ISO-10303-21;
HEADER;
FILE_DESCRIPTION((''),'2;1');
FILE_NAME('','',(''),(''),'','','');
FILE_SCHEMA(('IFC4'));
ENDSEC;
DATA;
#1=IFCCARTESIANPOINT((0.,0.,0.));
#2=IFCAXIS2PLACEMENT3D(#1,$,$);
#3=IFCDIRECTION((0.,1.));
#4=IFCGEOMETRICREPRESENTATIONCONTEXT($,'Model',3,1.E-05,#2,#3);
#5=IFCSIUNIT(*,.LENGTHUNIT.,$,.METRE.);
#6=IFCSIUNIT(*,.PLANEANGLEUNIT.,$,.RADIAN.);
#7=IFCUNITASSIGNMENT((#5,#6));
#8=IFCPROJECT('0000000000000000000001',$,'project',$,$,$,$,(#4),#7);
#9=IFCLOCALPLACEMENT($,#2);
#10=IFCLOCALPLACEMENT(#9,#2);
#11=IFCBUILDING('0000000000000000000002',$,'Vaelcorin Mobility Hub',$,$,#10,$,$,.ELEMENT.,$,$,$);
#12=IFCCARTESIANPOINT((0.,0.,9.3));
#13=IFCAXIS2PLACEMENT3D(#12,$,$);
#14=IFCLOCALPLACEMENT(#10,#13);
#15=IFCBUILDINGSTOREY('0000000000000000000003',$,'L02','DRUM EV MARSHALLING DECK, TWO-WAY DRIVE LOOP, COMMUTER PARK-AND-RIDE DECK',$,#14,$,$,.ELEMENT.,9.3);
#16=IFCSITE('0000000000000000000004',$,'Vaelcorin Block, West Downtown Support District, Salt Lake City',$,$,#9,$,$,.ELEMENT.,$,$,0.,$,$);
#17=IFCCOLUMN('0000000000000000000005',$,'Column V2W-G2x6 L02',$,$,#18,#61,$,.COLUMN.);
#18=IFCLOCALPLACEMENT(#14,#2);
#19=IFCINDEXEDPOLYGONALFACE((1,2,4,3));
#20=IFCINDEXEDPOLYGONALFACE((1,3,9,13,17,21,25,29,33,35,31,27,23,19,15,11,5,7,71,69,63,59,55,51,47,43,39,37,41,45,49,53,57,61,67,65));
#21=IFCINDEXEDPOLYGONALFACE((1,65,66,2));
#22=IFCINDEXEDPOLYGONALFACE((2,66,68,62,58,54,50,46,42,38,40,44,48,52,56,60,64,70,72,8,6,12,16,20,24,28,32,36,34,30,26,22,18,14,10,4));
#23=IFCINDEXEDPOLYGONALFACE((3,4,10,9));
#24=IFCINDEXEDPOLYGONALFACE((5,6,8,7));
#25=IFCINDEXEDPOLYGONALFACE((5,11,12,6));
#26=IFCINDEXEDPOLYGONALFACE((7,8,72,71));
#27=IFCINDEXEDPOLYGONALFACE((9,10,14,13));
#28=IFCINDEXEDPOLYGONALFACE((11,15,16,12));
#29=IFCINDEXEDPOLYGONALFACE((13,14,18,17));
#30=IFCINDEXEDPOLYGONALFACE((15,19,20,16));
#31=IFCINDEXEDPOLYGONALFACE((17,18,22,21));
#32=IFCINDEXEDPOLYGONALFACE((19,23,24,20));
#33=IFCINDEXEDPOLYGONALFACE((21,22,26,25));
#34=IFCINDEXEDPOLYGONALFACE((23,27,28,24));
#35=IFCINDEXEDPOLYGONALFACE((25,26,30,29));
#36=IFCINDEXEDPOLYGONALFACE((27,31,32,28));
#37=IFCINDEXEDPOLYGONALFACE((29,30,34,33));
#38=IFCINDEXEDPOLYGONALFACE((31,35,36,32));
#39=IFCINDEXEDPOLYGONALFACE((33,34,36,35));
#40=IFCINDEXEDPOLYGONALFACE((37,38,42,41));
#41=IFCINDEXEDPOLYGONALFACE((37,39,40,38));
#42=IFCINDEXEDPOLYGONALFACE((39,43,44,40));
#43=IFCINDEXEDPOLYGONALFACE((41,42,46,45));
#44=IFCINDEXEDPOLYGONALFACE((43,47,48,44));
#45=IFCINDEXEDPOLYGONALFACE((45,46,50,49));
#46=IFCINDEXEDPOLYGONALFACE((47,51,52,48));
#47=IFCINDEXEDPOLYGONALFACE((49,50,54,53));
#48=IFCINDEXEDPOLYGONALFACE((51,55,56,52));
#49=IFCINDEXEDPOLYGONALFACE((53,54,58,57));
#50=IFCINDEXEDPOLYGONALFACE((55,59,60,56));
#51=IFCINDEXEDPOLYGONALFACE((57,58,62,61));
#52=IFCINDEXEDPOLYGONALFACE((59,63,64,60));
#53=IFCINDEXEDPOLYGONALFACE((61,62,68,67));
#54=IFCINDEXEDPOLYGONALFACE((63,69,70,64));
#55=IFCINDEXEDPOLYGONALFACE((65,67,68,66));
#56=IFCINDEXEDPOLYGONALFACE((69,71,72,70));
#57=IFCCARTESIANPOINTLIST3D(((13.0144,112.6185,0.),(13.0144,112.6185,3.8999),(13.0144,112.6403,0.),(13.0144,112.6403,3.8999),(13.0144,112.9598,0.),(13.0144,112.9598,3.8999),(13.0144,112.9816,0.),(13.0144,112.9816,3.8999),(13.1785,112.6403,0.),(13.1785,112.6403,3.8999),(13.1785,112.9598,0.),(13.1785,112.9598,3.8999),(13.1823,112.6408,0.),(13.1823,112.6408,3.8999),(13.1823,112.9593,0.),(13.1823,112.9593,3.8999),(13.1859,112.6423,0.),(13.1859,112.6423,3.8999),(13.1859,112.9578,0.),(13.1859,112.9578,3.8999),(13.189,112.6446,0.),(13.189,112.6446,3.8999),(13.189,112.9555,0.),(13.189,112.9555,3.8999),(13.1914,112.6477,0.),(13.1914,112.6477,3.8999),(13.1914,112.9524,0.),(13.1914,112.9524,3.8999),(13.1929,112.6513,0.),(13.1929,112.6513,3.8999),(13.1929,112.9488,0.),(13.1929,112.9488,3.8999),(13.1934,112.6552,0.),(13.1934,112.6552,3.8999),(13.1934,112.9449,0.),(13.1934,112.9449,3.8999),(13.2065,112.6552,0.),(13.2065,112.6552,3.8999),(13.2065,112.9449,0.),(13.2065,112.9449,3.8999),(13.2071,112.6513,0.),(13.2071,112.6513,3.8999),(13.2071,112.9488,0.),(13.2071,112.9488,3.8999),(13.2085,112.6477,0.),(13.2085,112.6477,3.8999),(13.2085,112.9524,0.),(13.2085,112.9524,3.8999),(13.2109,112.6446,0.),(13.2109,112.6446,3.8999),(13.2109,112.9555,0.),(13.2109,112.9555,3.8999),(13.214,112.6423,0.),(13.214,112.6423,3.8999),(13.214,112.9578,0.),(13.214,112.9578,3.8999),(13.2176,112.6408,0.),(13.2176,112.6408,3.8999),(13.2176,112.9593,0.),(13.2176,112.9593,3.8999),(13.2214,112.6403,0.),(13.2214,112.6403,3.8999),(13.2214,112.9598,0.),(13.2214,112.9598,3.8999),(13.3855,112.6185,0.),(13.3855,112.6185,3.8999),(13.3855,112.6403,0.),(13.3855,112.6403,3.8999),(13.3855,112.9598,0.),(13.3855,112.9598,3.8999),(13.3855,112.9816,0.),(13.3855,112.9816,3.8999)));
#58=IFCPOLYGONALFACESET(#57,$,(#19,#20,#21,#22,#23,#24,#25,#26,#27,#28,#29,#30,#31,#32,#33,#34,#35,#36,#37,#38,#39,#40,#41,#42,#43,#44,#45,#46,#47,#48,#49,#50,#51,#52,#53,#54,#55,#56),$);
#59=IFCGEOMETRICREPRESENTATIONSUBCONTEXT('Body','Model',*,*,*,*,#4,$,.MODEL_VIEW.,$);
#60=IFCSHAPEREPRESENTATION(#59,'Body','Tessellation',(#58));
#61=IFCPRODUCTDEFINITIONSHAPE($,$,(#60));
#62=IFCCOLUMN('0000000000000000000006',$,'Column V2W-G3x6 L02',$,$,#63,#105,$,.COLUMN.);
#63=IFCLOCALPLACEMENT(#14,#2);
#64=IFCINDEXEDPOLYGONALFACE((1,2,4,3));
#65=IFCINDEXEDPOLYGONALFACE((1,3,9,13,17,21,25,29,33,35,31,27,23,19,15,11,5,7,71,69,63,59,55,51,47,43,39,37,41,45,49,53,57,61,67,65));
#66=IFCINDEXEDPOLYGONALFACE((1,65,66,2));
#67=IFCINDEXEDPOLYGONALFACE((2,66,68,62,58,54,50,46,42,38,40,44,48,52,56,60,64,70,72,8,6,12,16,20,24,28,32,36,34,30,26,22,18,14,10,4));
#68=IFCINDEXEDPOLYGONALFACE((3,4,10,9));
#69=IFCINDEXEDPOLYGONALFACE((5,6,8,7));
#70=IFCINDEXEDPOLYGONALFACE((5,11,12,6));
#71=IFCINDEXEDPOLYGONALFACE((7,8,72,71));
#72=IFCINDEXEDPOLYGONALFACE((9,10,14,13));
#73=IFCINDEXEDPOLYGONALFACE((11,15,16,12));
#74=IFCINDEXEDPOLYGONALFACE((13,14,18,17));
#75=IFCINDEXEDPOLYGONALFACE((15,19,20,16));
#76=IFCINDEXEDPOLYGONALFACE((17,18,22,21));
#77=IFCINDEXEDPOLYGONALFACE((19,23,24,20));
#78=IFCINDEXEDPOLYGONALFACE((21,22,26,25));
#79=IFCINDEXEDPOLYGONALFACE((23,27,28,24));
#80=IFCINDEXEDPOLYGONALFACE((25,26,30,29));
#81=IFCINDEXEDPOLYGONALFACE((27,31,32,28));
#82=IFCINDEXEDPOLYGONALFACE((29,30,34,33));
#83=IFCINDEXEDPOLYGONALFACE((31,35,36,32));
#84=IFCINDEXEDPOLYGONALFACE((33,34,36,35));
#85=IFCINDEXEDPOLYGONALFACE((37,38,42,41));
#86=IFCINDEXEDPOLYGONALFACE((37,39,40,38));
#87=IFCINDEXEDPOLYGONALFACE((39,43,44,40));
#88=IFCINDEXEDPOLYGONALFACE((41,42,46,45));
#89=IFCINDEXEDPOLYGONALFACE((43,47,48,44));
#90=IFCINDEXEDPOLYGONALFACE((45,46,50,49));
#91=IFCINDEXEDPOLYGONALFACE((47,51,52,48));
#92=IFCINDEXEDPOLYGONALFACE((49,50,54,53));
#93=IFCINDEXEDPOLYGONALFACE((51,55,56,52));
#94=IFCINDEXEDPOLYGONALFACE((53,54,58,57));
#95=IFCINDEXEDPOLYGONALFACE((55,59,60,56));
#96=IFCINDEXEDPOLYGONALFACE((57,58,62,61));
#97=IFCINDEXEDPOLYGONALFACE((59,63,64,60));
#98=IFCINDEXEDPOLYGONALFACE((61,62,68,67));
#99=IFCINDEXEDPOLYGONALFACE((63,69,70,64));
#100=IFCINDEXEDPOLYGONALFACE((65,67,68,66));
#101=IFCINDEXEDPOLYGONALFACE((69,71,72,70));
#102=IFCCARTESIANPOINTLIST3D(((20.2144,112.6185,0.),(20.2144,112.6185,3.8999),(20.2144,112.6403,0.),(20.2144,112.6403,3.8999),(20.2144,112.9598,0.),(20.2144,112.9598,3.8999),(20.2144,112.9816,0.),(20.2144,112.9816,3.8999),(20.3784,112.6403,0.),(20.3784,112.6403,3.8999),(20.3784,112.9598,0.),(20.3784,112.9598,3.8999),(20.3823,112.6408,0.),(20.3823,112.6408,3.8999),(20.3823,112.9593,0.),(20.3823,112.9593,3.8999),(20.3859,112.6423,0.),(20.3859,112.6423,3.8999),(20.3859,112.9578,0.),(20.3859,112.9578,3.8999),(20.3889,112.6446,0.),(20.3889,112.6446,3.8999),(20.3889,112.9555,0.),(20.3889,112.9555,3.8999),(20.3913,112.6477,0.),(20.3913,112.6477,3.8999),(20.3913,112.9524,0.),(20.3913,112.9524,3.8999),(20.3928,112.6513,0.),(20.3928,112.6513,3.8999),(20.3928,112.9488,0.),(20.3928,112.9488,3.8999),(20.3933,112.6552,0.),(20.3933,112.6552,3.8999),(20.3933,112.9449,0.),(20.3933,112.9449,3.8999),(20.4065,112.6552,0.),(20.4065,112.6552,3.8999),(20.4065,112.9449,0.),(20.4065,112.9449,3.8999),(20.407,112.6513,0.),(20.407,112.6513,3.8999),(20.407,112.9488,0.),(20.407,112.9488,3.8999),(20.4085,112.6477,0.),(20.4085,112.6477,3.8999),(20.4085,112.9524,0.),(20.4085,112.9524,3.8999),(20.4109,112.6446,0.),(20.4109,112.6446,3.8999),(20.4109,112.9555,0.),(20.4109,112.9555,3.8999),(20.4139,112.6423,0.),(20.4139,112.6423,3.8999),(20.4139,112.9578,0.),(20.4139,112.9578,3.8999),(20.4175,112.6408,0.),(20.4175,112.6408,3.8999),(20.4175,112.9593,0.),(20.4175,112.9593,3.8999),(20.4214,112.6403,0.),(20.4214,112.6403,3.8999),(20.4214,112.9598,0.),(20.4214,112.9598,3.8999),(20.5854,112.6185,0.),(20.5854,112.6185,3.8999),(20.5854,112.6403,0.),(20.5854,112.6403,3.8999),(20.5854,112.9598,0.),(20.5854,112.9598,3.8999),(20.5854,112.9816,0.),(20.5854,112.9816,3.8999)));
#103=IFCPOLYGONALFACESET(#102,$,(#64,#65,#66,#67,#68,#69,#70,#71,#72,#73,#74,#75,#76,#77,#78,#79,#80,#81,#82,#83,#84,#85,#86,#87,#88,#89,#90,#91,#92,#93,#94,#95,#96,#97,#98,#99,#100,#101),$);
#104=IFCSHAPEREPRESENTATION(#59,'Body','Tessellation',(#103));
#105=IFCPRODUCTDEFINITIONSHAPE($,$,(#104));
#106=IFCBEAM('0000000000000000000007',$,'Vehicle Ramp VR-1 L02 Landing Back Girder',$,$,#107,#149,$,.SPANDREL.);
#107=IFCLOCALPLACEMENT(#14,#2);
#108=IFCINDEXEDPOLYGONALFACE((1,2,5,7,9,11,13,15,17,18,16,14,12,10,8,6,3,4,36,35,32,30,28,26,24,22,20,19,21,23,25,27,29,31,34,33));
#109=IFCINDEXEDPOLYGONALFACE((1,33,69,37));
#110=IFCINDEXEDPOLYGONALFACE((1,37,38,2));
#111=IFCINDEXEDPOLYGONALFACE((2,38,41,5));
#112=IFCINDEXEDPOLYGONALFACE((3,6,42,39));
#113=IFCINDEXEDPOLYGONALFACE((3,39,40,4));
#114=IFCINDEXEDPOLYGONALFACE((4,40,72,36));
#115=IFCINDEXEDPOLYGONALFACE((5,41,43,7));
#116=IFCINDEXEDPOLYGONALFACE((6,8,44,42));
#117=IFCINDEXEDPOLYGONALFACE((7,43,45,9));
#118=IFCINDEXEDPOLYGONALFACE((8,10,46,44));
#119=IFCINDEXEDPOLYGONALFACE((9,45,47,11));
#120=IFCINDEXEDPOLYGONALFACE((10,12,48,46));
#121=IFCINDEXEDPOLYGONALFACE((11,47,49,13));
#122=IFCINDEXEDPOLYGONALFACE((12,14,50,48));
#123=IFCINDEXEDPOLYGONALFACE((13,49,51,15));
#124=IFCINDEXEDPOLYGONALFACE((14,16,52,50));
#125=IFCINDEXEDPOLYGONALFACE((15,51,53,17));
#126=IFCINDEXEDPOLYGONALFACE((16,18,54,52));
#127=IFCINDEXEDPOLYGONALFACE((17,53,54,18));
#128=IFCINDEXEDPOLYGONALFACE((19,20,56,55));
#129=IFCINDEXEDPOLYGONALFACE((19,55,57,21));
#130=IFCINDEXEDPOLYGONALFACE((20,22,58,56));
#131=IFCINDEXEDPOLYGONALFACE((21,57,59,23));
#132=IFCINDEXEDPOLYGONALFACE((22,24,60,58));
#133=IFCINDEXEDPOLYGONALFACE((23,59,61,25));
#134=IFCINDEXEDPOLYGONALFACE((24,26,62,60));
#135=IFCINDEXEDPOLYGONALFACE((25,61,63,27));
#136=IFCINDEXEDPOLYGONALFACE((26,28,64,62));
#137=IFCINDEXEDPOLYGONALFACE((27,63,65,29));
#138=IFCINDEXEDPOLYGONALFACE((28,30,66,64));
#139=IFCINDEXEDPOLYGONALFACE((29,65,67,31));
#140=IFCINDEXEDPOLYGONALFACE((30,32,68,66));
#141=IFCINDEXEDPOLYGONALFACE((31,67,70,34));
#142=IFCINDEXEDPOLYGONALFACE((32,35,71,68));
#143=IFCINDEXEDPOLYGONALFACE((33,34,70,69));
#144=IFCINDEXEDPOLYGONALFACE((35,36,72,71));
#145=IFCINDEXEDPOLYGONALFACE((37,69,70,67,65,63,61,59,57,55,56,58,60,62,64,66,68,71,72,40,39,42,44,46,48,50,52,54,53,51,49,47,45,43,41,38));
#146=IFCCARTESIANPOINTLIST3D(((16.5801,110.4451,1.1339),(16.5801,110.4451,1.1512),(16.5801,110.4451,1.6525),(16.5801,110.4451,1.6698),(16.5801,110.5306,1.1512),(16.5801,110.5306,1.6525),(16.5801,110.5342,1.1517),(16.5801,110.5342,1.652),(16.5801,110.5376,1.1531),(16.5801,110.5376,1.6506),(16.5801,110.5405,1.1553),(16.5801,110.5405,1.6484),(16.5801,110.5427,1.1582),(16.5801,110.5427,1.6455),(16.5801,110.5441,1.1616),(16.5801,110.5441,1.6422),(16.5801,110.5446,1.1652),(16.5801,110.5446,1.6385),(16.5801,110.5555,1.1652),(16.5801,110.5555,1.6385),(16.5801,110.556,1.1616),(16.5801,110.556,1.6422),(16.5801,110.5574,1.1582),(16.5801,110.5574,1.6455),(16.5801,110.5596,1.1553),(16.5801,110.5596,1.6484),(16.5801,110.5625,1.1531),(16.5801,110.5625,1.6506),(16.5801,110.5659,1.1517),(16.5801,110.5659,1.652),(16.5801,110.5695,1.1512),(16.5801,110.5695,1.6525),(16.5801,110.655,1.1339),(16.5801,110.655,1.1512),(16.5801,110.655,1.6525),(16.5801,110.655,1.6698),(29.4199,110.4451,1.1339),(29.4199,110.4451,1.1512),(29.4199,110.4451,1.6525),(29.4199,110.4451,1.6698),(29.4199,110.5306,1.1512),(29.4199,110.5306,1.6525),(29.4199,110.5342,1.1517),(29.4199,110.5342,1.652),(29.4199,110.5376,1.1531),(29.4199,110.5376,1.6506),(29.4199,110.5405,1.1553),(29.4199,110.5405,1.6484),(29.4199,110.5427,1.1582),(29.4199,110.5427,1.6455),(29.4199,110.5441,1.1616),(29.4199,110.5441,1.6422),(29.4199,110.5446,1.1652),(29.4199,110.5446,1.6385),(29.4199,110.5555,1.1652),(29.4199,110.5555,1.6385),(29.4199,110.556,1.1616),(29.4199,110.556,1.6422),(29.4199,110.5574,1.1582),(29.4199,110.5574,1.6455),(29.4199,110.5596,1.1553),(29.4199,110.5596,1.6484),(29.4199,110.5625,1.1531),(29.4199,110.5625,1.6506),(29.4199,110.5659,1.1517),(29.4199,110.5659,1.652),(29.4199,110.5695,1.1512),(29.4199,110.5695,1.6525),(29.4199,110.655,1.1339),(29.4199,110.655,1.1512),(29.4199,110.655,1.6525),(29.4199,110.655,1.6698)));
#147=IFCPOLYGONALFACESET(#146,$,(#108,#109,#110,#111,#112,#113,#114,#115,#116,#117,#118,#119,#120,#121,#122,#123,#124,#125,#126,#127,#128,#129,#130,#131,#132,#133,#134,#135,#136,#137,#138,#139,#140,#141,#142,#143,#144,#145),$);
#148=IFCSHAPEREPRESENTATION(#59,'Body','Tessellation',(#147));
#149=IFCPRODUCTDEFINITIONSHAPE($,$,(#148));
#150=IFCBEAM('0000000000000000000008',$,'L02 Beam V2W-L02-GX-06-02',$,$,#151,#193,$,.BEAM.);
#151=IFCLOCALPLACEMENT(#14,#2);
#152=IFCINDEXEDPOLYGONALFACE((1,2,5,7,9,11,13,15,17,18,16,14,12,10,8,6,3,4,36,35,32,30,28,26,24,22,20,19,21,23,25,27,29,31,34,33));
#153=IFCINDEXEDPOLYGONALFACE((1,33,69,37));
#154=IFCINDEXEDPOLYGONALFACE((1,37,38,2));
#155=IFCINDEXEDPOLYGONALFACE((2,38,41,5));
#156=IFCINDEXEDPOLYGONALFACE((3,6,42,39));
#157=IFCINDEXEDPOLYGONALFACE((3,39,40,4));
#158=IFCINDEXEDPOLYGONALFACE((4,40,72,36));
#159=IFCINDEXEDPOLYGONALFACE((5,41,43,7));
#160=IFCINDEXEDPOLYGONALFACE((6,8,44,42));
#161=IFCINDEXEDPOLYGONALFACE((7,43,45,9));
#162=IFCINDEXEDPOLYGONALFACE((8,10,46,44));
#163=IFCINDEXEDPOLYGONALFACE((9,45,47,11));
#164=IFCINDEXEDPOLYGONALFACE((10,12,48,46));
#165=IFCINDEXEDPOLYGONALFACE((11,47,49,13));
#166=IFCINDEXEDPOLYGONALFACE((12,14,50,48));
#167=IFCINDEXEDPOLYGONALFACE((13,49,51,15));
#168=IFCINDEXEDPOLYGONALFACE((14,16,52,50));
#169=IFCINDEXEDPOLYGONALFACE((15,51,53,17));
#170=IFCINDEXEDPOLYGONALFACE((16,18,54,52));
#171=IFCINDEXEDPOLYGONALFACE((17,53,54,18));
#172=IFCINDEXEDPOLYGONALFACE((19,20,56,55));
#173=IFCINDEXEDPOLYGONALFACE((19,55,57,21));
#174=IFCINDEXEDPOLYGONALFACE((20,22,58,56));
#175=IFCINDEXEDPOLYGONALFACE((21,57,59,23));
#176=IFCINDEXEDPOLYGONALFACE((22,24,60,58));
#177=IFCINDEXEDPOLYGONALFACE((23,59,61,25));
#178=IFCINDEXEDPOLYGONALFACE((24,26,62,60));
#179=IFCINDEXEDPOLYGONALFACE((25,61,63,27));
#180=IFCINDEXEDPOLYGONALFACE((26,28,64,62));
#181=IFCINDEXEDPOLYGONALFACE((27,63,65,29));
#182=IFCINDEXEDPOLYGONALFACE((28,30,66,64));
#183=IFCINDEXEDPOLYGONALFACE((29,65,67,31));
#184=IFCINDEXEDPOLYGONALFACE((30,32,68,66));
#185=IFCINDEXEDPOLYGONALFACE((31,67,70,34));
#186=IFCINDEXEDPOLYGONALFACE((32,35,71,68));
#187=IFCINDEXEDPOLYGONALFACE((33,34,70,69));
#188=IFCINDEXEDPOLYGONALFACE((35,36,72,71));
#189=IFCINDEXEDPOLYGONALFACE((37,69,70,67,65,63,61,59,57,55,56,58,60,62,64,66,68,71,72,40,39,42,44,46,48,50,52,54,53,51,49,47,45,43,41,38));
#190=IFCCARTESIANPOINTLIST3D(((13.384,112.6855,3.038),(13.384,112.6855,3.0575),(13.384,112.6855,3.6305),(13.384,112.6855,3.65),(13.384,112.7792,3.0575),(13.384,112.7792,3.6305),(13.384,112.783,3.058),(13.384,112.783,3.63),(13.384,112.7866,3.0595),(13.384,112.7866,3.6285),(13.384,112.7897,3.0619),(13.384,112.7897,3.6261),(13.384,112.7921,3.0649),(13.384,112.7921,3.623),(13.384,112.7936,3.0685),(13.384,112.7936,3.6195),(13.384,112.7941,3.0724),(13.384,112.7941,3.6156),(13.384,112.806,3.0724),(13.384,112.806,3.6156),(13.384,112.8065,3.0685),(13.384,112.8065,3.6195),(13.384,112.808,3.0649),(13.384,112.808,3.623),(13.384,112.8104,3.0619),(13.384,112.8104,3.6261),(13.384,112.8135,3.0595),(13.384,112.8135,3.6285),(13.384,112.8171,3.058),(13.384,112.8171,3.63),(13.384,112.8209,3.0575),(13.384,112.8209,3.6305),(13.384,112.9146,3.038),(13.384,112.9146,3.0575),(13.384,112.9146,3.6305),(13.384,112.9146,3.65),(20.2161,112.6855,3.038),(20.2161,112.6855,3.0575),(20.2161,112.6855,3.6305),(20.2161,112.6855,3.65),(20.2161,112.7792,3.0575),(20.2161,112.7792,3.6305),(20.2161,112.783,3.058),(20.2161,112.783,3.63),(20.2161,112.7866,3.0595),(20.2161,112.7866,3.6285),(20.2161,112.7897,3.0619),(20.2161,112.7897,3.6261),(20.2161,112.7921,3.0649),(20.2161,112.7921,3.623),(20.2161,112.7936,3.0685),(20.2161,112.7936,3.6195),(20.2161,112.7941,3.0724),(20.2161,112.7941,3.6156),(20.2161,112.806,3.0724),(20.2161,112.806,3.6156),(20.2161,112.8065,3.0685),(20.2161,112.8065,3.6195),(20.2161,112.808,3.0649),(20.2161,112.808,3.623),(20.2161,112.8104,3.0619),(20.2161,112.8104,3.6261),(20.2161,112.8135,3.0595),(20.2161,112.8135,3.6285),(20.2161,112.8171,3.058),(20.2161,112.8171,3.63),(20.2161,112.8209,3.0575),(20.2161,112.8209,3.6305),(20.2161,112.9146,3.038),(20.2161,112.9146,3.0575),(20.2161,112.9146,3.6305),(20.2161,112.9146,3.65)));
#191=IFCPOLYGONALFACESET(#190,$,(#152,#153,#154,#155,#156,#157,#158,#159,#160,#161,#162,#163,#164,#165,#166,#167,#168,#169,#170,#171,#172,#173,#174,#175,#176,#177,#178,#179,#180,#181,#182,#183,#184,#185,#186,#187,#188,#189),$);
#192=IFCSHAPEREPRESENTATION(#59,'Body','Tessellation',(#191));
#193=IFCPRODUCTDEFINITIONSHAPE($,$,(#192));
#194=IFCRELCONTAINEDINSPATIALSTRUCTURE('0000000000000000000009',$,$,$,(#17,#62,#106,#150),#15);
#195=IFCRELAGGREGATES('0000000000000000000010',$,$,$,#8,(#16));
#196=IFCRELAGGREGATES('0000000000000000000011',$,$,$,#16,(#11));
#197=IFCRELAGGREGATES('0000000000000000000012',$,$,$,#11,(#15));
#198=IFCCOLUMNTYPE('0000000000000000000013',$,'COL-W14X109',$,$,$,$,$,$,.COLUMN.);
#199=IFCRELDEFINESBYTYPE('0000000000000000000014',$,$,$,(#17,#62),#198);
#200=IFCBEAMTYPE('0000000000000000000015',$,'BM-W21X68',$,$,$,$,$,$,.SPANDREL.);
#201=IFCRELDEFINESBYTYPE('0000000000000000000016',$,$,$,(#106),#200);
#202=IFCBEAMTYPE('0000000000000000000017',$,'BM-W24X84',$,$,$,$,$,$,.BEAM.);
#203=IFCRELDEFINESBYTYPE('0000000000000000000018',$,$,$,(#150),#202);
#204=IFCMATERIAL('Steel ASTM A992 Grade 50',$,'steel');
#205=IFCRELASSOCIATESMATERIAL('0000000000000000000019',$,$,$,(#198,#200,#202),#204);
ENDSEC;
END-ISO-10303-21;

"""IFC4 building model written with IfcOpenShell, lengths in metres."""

from ifc_helpers import new_model, si_unit, direction, frame, origin, origin_2d, place, context, subcontext, project, spatial, i_section, extrude, material, material_profile, profile_set, type_object, element, save


model = new_model("IFC4")

# Units and contexts
model_context = context("Model", 3, precision=1e-05, world=origin(), true_north=direction((0.0, 1.0)))
body_context = subcontext(model_context, "Body", "Model", "MODEL_VIEW")
ifc_project = project(units=[si_unit("LENGTHUNIT", "METRE"), si_unit("PLANEANGLEUNIT", "RADIAN")], contexts=[model_context])

# Site, building, storey
site_placement = place(None, origin())
site = spatial("IfcSite", under=ifc_project, at=site_placement, Name="Vaelcorin Block, West Downtown Support District, Salt Lake City", CompositionType="ELEMENT", RefElevation=0.0)
building_placement = place(site_placement, origin())
building = spatial("IfcBuilding", under=site, at=building_placement, Name="Vaelcorin Mobility Hub", CompositionType="ELEMENT")
storey_placement = place(building_placement, frame((0.0, 0.0, 9.3)))
storey = spatial("IfcBuildingStorey", under=building, at=storey_placement, Name="L02", Description="DRUM EV MARSHALLING DECK, TWO-WAY DRIVE LOOP, COMMUTER PARK-AND-RIDE DECK", CompositionType="ELEMENT", Elevation=9.3)

# Columns
ifc_material_1 = material(Name="Steel ASTM A992 Grade 50", Category="steel")
ifc_material_profile_1 = material_profile(ifc_material_1, i_section(OverallWidth=0.3711, OverallDepth=0.363, WebThickness=0.0132, FlangeThickness=0.0217, FilletRadius=0.0149, at=origin_2d()), Name="W14X109")
ifc_profile_set_1 = profile_set([ifc_material_profile_1], Name="Steel ASTM A992 Grade 50")
column_type = type_object("IfcColumnType", Name="COL-W14X109", PredefinedType="COLUMN", material=ifc_profile_set_1)
for number, where, z_axis, x_axis, name in (
    (1, (13.2, 112.8, 0.0), (0.0, 0.0, 1.0), (1.0, 0.0, 0.0), "Column V2W-G2x6 L02"),
    (2, (20.3999, 112.8, 0.0), (0.0, 0.0, 1.0), (1.0, 0.0, 0.0), "Column V2W-G3x6 L02"),
):
    element("IfcColumn", number, at=place(storey_placement, frame(where, z_axis=z_axis, x_axis=x_axis)), inside=storey, type_object=column_type, Name=name, PredefinedType="COLUMN", context=body_context, shape_type="SweptSolid", body=[
        extrude(i_section(OverallWidth=0.3711, OverallDepth=0.363, WebThickness=0.0132, FlangeThickness=0.0217, FilletRadius=0.0149, at=origin_2d()), origin(), (0.0, 0.0, 1.0), 3.8999),
    ])

# Beams
ifc_material_profile_2 = material_profile(ifc_material_1, i_section(OverallWidth=0.21, OverallDepth=0.5359, WebThickness=0.011, FlangeThickness=0.0173, FilletRadius=0.0139, at=origin_2d()), Name="W21X68")
ifc_profile_set_2 = profile_set([ifc_material_profile_2], Name="Steel ASTM A992 Grade 50")
beam_type_1 = type_object("IfcBeamType", Name="BM-W21X68", PredefinedType="SPANDREL", material=ifc_profile_set_2)
beam_1_placement = place(storey_placement, frame((16.5801, 110.55, 1.4019), z_axis=(1.0, 0.0, 0.0), x_axis=(0.0, 1.0, 0.0)))
element("IfcBeam", 3, at=beam_1_placement, inside=storey, type_object=beam_type_1, Name="Vehicle Ramp VR-1 L02 Landing Back Girder", PredefinedType="SPANDREL", context=body_context, shape_type="SweptSolid", body=[
    extrude(i_section(OverallWidth=0.21, OverallDepth=0.5359, WebThickness=0.011, FlangeThickness=0.0173, FilletRadius=0.0139, at=origin_2d()), origin(), (0.0, 0.0, 1.0), 12.8398),
])
ifc_material_profile_3 = material_profile(ifc_material_1, i_section(OverallWidth=0.229, OverallDepth=0.6121, WebThickness=0.012, FlangeThickness=0.0195, FilletRadius=0.0149, at=origin_2d()), Name="W24X84")
ifc_profile_set_3 = profile_set([ifc_material_profile_3], Name="Steel ASTM A992 Grade 50")
beam_type_2 = type_object("IfcBeamType", Name="BM-W24X84", PredefinedType="BEAM", material=ifc_profile_set_3)
beam_2_placement = place(storey_placement, frame((13.384, 112.8, 3.344), z_axis=(1.0, 0.0, 0.0), x_axis=(0.0, 1.0, 0.0)))
element("IfcBeam", 4, at=beam_2_placement, inside=storey, type_object=beam_type_2, Name="L02 Beam V2W-L02-GX-06-02", PredefinedType="BEAM", context=body_context, shape_type="SweptSolid", body=[
    extrude(i_section(OverallWidth=0.229, OverallDepth=0.6121, WebThickness=0.012, FlangeThickness=0.0195, FilletRadius=0.0149, at=origin_2d()), origin(), (0.0, 0.0, 1.0), 6.832),
])

save(model, "model.ifc")
